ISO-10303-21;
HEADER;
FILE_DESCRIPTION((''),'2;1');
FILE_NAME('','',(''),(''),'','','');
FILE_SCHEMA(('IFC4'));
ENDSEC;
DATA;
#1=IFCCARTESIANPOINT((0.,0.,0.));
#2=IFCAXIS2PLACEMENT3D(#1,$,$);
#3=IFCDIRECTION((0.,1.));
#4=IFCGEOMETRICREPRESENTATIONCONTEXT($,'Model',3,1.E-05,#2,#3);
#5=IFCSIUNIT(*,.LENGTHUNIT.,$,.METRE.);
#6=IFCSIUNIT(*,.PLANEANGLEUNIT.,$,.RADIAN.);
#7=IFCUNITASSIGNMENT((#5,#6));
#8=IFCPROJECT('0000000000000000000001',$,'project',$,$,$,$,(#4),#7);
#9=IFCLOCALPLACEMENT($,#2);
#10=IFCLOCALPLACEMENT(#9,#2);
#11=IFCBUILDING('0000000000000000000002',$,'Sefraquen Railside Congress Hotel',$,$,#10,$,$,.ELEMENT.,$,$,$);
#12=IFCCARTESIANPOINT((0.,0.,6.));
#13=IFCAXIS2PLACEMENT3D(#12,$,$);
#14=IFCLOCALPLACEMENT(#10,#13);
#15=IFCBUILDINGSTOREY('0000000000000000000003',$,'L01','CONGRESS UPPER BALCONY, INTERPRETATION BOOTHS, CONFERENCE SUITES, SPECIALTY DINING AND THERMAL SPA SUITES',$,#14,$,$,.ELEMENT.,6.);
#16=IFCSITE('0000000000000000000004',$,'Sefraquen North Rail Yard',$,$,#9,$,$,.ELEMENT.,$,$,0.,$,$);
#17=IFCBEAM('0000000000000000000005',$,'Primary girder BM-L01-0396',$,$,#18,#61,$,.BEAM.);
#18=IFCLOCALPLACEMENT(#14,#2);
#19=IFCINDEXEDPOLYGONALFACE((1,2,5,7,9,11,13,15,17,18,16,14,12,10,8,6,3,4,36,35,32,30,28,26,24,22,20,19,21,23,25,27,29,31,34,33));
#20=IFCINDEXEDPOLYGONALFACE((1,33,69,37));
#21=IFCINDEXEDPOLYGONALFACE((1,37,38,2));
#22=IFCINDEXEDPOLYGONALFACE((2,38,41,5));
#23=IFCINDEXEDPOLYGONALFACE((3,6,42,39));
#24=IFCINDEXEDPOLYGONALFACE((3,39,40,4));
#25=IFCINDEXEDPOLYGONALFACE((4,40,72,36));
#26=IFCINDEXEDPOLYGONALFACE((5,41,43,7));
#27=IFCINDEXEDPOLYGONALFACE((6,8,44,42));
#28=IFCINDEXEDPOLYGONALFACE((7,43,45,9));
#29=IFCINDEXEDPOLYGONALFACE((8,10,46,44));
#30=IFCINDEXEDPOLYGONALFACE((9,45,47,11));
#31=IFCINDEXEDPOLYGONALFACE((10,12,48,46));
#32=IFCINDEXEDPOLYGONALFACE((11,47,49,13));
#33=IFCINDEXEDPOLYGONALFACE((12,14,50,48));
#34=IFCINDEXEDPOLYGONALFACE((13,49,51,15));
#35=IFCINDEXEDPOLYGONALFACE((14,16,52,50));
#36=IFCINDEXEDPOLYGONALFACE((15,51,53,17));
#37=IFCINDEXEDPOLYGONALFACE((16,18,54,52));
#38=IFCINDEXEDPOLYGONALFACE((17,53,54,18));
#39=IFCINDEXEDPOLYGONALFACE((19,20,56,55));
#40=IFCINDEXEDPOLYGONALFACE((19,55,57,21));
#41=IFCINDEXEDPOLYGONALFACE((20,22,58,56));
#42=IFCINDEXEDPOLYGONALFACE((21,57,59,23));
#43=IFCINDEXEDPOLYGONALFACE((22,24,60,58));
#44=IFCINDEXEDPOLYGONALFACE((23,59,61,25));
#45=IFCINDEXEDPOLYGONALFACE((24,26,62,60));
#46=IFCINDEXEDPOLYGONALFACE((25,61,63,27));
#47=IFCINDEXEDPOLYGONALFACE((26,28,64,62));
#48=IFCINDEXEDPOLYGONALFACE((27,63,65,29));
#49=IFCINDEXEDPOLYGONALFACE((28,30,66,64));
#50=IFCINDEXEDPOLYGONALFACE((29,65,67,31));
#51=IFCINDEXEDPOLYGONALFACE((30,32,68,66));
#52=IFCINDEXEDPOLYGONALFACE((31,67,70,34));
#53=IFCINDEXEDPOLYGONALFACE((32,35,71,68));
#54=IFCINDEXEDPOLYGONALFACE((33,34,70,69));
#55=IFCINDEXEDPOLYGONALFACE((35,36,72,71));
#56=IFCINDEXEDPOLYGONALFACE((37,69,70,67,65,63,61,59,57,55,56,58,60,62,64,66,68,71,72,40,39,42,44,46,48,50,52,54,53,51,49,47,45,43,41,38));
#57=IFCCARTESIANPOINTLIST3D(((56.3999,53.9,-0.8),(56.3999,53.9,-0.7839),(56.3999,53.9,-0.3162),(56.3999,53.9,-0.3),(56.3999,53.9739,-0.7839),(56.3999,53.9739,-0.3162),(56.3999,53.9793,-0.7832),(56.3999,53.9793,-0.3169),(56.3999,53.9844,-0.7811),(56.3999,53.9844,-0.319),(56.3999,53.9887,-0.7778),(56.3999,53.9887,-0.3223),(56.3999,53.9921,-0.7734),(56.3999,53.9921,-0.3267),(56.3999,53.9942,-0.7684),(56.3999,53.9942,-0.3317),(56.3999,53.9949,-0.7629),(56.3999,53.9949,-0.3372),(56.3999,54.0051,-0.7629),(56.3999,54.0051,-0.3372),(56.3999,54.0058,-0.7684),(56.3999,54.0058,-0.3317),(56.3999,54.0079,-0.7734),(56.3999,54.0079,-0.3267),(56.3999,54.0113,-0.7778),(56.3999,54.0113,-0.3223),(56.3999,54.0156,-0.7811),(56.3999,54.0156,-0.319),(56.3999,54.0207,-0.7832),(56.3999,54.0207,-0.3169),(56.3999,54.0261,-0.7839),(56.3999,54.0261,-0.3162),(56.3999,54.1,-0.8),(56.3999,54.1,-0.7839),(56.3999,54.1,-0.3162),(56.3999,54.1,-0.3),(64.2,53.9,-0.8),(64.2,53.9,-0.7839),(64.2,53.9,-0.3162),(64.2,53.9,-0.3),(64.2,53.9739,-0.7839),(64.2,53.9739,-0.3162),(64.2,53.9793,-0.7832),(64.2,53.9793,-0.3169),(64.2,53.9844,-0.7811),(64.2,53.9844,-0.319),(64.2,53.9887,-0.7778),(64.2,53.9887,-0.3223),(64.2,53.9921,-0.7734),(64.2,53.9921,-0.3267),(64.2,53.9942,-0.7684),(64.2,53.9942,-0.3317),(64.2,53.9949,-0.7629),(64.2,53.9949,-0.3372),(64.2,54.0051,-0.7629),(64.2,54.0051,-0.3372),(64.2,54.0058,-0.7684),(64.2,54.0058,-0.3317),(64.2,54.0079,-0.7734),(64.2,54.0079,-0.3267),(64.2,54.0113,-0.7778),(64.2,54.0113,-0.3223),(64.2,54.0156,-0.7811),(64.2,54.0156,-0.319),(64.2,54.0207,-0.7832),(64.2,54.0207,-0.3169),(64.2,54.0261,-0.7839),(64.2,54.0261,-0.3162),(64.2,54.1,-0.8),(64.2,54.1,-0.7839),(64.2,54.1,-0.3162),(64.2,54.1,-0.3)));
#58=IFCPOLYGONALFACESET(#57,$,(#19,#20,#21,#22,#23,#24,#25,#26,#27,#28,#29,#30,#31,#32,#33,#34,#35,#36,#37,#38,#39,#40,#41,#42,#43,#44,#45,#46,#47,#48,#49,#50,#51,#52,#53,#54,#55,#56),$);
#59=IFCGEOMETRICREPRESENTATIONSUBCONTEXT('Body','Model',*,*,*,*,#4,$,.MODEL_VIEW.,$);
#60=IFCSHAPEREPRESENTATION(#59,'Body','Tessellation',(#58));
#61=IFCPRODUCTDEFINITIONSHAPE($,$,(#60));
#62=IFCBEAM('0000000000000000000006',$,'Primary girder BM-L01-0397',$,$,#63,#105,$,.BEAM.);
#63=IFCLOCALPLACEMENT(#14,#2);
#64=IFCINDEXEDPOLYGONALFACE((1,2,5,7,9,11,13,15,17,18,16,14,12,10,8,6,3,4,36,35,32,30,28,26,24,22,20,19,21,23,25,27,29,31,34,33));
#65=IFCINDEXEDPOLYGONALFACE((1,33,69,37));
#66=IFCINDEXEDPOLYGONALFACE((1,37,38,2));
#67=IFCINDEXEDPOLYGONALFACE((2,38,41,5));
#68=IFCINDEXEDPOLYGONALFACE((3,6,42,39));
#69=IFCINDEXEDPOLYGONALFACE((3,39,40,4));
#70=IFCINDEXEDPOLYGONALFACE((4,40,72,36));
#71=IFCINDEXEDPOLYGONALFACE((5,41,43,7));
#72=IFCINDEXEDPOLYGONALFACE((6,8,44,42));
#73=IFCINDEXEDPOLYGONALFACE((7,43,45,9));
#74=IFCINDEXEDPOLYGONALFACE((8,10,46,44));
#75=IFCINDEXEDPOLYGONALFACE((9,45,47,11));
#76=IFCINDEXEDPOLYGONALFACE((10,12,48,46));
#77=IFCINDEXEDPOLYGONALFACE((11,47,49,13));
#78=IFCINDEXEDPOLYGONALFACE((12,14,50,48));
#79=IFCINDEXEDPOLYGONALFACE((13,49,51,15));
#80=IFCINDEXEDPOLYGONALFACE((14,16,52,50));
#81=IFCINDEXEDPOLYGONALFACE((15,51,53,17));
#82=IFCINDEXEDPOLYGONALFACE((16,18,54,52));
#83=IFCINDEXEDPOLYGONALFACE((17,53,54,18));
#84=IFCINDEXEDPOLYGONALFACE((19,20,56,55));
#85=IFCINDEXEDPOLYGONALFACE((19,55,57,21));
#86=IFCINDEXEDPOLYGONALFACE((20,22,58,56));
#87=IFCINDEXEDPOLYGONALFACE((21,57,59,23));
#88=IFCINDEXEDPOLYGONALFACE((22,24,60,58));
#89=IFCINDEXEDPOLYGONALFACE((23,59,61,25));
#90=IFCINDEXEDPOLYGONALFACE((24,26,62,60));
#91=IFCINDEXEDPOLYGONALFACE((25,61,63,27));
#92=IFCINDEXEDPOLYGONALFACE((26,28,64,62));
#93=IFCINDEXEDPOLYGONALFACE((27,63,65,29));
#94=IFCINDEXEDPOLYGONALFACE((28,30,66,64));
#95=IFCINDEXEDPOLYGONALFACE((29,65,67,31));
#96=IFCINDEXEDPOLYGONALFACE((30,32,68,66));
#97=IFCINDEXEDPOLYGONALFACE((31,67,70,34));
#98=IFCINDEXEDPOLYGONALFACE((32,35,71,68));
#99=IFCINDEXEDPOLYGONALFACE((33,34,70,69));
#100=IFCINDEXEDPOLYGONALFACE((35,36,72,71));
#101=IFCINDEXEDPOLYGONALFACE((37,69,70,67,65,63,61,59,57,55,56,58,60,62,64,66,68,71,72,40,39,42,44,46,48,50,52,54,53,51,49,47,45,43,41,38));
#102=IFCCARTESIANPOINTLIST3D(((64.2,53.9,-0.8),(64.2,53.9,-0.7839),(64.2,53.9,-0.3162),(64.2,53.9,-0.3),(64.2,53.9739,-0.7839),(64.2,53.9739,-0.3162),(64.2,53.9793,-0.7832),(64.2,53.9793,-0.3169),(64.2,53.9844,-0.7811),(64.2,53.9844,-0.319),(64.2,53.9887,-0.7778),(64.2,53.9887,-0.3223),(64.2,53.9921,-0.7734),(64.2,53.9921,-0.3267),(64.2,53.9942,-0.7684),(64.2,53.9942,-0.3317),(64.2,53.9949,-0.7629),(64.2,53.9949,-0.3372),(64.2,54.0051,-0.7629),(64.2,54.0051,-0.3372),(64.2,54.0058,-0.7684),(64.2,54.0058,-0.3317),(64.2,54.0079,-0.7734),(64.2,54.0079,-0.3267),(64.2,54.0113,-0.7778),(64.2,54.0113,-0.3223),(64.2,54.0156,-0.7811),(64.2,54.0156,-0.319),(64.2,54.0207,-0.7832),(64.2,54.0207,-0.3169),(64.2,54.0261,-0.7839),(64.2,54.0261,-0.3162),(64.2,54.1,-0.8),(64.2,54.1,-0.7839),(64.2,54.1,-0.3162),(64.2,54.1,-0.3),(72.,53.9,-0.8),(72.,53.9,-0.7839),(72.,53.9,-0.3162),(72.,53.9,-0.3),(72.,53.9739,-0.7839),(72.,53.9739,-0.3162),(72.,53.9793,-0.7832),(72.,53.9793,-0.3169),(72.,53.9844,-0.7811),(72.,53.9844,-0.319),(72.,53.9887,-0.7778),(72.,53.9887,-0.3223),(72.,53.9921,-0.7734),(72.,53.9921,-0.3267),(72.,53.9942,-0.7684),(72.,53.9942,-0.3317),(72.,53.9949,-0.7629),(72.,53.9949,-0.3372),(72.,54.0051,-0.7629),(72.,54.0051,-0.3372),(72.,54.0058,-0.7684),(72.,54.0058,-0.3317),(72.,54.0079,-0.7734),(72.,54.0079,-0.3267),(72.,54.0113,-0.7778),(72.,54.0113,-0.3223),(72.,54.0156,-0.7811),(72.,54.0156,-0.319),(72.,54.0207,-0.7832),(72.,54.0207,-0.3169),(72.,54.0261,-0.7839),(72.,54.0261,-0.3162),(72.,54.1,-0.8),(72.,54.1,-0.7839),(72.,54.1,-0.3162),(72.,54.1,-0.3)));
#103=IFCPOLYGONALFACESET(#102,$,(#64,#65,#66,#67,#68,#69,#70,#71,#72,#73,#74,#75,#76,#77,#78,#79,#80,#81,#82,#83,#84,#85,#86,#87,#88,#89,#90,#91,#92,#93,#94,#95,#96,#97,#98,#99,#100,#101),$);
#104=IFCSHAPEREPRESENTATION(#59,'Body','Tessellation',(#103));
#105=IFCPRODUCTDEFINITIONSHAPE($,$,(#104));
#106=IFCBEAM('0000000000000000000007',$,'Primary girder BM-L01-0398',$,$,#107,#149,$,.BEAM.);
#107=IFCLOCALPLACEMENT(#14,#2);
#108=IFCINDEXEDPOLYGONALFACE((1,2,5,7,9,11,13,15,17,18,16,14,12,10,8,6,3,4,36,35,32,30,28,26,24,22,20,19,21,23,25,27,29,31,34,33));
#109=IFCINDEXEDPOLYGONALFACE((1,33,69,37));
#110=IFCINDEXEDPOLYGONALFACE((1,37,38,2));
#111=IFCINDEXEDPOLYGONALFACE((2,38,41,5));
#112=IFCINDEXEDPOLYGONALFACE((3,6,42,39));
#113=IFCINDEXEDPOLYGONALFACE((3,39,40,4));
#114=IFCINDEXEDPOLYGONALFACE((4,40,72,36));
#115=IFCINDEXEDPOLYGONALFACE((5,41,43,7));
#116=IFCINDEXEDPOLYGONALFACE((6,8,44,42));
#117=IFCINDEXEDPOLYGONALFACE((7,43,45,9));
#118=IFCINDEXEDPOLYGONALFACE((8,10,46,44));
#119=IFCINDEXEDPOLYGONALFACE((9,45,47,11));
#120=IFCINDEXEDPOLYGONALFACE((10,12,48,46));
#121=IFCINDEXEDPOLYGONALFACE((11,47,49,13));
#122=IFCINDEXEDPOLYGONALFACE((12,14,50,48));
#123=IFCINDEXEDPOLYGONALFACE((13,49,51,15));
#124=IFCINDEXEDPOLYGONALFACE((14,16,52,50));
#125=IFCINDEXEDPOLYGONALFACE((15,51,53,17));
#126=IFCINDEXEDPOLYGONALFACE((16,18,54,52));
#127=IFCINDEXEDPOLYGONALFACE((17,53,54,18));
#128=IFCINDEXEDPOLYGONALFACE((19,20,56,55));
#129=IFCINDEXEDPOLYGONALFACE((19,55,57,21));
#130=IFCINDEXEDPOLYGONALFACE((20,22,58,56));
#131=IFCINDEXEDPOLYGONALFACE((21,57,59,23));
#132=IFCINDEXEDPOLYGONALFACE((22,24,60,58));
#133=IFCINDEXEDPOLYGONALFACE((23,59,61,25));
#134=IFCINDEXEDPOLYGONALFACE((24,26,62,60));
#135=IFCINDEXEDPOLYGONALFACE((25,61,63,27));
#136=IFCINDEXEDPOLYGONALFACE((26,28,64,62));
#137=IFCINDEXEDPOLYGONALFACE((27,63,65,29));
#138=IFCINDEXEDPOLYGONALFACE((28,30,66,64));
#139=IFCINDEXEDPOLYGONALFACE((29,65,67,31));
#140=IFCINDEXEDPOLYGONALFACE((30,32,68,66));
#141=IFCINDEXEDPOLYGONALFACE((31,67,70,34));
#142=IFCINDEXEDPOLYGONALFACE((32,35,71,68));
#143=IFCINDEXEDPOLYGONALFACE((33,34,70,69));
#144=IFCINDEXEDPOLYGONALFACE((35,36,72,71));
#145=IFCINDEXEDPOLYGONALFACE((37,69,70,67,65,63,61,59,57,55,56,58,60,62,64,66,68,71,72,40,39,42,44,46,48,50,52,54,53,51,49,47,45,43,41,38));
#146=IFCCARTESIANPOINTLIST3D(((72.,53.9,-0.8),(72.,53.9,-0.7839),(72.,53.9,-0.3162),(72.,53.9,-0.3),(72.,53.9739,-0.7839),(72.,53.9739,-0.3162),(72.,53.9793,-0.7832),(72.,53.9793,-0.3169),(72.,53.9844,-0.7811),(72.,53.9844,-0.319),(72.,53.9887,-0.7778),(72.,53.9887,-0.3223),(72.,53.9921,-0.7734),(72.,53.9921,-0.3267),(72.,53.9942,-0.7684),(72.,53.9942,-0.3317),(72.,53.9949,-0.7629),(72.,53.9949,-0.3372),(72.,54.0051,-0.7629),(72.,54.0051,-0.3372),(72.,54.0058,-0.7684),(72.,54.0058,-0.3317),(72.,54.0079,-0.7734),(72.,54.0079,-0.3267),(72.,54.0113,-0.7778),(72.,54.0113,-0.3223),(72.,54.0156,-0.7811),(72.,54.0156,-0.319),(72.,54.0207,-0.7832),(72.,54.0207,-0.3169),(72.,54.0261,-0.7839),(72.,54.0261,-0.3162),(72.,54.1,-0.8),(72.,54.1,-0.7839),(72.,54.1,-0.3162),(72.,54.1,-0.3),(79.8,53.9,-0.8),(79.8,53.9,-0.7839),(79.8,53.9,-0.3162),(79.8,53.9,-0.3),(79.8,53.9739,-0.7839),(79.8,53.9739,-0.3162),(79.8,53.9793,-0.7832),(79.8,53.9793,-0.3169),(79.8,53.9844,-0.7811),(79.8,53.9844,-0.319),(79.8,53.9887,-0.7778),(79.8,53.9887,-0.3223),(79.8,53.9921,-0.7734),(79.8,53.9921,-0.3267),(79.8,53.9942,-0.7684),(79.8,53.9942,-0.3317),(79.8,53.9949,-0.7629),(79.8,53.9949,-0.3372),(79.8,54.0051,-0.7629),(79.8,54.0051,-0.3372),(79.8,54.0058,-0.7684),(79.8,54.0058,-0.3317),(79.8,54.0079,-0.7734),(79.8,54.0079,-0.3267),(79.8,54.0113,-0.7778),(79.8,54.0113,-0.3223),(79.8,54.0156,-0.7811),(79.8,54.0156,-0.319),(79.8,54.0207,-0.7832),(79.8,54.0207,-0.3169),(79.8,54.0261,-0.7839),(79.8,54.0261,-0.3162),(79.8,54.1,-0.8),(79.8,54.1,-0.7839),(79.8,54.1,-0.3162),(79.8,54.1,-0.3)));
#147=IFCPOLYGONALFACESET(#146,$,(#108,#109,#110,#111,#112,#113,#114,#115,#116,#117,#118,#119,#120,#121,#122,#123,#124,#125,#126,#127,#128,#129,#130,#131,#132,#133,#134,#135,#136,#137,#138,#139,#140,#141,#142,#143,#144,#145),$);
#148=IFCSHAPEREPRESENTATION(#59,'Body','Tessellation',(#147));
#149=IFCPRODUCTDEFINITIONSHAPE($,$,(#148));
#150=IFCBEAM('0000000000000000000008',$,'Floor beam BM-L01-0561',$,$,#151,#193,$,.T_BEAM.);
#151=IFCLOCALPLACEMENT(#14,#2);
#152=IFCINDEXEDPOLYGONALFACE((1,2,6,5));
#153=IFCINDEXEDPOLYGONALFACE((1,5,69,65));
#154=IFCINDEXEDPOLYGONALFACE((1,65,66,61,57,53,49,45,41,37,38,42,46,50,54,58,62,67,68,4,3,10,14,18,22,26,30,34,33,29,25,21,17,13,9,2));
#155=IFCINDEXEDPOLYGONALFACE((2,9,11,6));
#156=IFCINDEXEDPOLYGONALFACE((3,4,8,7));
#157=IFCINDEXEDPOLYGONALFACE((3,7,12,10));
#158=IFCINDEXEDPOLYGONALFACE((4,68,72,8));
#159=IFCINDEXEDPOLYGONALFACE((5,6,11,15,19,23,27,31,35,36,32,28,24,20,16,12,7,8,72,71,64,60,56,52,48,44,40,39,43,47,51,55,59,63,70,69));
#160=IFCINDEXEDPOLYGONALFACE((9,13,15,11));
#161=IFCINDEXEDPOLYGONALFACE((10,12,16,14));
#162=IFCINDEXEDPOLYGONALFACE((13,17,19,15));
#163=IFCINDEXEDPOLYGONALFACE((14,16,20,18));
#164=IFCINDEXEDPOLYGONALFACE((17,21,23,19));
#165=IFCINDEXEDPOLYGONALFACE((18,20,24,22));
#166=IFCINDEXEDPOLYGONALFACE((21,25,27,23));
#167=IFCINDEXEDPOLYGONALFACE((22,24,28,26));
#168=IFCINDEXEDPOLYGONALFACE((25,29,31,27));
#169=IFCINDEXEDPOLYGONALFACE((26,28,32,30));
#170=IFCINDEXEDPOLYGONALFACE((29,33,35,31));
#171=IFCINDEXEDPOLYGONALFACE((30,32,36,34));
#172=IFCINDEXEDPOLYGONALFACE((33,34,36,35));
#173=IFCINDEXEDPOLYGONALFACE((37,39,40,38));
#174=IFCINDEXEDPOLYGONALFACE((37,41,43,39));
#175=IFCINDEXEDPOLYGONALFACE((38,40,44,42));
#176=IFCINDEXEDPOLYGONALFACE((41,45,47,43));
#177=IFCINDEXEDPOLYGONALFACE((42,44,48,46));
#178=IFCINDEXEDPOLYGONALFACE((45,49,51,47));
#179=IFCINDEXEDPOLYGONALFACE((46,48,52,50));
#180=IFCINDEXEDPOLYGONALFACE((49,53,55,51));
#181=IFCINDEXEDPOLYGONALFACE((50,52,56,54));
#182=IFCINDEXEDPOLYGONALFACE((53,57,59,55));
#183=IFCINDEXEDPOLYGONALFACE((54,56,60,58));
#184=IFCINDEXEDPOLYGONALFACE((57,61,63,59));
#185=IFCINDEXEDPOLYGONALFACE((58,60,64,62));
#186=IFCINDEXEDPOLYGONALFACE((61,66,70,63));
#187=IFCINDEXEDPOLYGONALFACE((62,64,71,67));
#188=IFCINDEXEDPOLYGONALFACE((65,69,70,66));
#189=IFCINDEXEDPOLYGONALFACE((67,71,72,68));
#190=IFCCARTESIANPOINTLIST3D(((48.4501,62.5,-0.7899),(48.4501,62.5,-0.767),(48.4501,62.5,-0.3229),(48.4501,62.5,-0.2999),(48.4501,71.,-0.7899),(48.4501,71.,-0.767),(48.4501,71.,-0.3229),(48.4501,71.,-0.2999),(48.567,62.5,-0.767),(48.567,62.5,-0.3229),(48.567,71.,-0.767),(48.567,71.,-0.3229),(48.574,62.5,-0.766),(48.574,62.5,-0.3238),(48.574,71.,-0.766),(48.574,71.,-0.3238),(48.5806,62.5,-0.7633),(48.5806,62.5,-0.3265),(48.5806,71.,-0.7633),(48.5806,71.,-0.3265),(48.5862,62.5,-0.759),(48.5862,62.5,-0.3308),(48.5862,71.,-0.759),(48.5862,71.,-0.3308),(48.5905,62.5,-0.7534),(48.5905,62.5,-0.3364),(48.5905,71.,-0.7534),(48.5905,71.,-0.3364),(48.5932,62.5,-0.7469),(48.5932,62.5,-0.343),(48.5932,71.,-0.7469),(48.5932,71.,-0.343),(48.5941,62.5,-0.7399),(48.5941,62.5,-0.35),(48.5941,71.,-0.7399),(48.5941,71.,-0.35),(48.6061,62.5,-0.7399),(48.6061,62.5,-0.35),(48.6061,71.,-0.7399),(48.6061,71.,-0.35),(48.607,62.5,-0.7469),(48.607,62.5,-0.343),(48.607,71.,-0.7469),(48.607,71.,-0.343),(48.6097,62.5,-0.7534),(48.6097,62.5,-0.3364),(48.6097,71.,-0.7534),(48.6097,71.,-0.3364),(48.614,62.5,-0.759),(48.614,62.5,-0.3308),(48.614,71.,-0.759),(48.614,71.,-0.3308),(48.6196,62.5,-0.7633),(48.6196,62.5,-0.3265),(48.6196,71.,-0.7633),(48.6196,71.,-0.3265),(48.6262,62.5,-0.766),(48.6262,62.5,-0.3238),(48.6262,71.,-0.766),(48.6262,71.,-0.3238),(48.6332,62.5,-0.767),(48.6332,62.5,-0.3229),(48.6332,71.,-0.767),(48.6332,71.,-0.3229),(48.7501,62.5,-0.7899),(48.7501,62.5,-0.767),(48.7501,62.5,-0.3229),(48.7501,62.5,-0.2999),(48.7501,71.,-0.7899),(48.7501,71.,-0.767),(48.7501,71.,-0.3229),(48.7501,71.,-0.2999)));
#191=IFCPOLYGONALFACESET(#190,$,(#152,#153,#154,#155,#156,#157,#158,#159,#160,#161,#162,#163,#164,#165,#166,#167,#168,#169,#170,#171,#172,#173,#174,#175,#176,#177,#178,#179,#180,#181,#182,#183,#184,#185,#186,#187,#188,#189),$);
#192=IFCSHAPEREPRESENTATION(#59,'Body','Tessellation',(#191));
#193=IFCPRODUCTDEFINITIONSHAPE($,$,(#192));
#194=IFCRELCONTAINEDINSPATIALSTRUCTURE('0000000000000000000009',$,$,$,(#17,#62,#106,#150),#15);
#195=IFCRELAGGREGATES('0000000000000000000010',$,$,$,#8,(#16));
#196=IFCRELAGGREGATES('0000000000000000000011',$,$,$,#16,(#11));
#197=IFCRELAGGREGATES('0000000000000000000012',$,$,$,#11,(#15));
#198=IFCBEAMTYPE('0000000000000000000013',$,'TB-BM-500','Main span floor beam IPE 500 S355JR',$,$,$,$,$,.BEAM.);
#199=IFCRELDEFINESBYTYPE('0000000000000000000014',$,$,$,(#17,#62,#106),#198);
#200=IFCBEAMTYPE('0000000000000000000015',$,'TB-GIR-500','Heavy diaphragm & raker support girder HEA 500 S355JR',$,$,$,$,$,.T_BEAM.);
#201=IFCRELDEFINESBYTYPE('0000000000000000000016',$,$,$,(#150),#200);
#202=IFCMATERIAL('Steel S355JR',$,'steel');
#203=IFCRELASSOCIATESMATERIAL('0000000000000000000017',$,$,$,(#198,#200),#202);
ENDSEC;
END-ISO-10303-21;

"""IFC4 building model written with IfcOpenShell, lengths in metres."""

from ifc_helpers import new_model, si_unit, direction, frame, origin, origin_2d, place, context, subcontext, project, spatial, i_section, extrude, material, material_profile, profile_set, type_object, element, save


model = new_model("IFC4")

# Units and contexts
model_context = context("Model", 3, precision=1e-05, world=origin(), true_north=direction((0.0, 1.0)))
body_context = subcontext(model_context, "Body", "Model", "MODEL_VIEW")
ifc_project = project(units=[si_unit("LENGTHUNIT", "METRE"), si_unit("PLANEANGLEUNIT", "RADIAN")], contexts=[model_context])

# Site, building, storey
site_placement = place(None, origin())
site = spatial("IfcSite", under=ifc_project, at=site_placement, Name="Sefraquen North Rail Yard", CompositionType="ELEMENT", RefElevation=0.0)
building_placement = place(site_placement, origin())
building = spatial("IfcBuilding", under=site, at=building_placement, Name="Sefraquen Railside Congress Hotel", CompositionType="ELEMENT")
storey_placement = place(building_placement, frame((0.0, 0.0, 6.0)))
storey = spatial("IfcBuildingStorey", under=building, at=storey_placement, Name="L01", Description="CONGRESS UPPER BALCONY, INTERPRETATION BOOTHS, CONFERENCE SUITES, SPECIALTY DINING AND THERMAL SPA SUITES", CompositionType="ELEMENT", Elevation=6.0)

# Shared definitions
ifc_material_1 = material(Name="Steel S355JR", Category="steel")

# Beams
ifc_material_profile_1 = material_profile(ifc_material_1, i_section(OverallWidth=0.2, OverallDepth=0.5, WebThickness=0.0103, FlangeThickness=0.0161, FilletRadius=0.021, at=origin_2d()), Name="IPE 500")
ifc_profile_set_1 = profile_set([ifc_material_profile_1], Name="Steel S355JR")
beam_type_1 = type_object("IfcBeamType", Name="TB-BM-500", Description="Main span floor beam IPE 500 S355JR", PredefinedType="BEAM", material=ifc_profile_set_1)
for number, where, z_axis, x_axis, name in (
    (1, (56.3999, 54.0, -0.55), (1.0, 0.0, 0.0), (0.0, 1.0, 0.0), "Primary girder BM-L01-0396"),
    (2, (64.2, 54.0, -0.55), (1.0, 0.0, 0.0), (0.0, 1.0, 0.0), "Primary girder BM-L01-0397"),
    (3, (72.0, 54.0, -0.55), (1.0, 0.0, 0.0), (0.0, 1.0, 0.0), "Primary girder BM-L01-0398"),
):
    element("IfcBeam", number, at=place(storey_placement, frame(where, z_axis=z_axis, x_axis=x_axis)), inside=storey, type_object=beam_type_1, Name=name, PredefinedType="BEAM", context=body_context, shape_type="SweptSolid", body=[
        extrude(i_section(OverallWidth=0.2, OverallDepth=0.5, WebThickness=0.0103, FlangeThickness=0.0161, FilletRadius=0.021, at=origin_2d()), origin(), (0.0, 0.0, 1.0), 7.8),
    ])
ifc_material_profile_2 = material_profile(ifc_material_1, i_section(OverallWidth=0.3, OverallDepth=0.49, WebThickness=0.012, FlangeThickness=0.0229, FilletRadius=0.0271, at=origin_2d()), Name="HEA 500")
ifc_profile_set_2 = profile_set([ifc_material_profile_2], Name="Steel S355JR")
beam_type_2 = type_object("IfcBeamType", Name="TB-GIR-500", Description="Heavy diaphragm & raker support girder HEA 500 S355JR", PredefinedType="T_BEAM", material=ifc_profile_set_2)
beam_1_placement = place(storey_placement, frame((48.6001, 62.5, -0.5449), z_axis=(0.0, 1.0, 0.0), x_axis=(-1.0, 0.0, 0.0)))
element("IfcBeam", 4, at=beam_1_placement, inside=storey, type_object=beam_type_2, Name="Floor beam BM-L01-0561", PredefinedType="T_BEAM", context=body_context, shape_type="SweptSolid", body=[
    extrude(i_section(OverallWidth=0.3, OverallDepth=0.49, WebThickness=0.012, FlangeThickness=0.0229, FilletRadius=0.0271, at=origin_2d()), origin(), (0.0, 0.0, 1.0), 8.5),
])

save(model, "model.ifc")
